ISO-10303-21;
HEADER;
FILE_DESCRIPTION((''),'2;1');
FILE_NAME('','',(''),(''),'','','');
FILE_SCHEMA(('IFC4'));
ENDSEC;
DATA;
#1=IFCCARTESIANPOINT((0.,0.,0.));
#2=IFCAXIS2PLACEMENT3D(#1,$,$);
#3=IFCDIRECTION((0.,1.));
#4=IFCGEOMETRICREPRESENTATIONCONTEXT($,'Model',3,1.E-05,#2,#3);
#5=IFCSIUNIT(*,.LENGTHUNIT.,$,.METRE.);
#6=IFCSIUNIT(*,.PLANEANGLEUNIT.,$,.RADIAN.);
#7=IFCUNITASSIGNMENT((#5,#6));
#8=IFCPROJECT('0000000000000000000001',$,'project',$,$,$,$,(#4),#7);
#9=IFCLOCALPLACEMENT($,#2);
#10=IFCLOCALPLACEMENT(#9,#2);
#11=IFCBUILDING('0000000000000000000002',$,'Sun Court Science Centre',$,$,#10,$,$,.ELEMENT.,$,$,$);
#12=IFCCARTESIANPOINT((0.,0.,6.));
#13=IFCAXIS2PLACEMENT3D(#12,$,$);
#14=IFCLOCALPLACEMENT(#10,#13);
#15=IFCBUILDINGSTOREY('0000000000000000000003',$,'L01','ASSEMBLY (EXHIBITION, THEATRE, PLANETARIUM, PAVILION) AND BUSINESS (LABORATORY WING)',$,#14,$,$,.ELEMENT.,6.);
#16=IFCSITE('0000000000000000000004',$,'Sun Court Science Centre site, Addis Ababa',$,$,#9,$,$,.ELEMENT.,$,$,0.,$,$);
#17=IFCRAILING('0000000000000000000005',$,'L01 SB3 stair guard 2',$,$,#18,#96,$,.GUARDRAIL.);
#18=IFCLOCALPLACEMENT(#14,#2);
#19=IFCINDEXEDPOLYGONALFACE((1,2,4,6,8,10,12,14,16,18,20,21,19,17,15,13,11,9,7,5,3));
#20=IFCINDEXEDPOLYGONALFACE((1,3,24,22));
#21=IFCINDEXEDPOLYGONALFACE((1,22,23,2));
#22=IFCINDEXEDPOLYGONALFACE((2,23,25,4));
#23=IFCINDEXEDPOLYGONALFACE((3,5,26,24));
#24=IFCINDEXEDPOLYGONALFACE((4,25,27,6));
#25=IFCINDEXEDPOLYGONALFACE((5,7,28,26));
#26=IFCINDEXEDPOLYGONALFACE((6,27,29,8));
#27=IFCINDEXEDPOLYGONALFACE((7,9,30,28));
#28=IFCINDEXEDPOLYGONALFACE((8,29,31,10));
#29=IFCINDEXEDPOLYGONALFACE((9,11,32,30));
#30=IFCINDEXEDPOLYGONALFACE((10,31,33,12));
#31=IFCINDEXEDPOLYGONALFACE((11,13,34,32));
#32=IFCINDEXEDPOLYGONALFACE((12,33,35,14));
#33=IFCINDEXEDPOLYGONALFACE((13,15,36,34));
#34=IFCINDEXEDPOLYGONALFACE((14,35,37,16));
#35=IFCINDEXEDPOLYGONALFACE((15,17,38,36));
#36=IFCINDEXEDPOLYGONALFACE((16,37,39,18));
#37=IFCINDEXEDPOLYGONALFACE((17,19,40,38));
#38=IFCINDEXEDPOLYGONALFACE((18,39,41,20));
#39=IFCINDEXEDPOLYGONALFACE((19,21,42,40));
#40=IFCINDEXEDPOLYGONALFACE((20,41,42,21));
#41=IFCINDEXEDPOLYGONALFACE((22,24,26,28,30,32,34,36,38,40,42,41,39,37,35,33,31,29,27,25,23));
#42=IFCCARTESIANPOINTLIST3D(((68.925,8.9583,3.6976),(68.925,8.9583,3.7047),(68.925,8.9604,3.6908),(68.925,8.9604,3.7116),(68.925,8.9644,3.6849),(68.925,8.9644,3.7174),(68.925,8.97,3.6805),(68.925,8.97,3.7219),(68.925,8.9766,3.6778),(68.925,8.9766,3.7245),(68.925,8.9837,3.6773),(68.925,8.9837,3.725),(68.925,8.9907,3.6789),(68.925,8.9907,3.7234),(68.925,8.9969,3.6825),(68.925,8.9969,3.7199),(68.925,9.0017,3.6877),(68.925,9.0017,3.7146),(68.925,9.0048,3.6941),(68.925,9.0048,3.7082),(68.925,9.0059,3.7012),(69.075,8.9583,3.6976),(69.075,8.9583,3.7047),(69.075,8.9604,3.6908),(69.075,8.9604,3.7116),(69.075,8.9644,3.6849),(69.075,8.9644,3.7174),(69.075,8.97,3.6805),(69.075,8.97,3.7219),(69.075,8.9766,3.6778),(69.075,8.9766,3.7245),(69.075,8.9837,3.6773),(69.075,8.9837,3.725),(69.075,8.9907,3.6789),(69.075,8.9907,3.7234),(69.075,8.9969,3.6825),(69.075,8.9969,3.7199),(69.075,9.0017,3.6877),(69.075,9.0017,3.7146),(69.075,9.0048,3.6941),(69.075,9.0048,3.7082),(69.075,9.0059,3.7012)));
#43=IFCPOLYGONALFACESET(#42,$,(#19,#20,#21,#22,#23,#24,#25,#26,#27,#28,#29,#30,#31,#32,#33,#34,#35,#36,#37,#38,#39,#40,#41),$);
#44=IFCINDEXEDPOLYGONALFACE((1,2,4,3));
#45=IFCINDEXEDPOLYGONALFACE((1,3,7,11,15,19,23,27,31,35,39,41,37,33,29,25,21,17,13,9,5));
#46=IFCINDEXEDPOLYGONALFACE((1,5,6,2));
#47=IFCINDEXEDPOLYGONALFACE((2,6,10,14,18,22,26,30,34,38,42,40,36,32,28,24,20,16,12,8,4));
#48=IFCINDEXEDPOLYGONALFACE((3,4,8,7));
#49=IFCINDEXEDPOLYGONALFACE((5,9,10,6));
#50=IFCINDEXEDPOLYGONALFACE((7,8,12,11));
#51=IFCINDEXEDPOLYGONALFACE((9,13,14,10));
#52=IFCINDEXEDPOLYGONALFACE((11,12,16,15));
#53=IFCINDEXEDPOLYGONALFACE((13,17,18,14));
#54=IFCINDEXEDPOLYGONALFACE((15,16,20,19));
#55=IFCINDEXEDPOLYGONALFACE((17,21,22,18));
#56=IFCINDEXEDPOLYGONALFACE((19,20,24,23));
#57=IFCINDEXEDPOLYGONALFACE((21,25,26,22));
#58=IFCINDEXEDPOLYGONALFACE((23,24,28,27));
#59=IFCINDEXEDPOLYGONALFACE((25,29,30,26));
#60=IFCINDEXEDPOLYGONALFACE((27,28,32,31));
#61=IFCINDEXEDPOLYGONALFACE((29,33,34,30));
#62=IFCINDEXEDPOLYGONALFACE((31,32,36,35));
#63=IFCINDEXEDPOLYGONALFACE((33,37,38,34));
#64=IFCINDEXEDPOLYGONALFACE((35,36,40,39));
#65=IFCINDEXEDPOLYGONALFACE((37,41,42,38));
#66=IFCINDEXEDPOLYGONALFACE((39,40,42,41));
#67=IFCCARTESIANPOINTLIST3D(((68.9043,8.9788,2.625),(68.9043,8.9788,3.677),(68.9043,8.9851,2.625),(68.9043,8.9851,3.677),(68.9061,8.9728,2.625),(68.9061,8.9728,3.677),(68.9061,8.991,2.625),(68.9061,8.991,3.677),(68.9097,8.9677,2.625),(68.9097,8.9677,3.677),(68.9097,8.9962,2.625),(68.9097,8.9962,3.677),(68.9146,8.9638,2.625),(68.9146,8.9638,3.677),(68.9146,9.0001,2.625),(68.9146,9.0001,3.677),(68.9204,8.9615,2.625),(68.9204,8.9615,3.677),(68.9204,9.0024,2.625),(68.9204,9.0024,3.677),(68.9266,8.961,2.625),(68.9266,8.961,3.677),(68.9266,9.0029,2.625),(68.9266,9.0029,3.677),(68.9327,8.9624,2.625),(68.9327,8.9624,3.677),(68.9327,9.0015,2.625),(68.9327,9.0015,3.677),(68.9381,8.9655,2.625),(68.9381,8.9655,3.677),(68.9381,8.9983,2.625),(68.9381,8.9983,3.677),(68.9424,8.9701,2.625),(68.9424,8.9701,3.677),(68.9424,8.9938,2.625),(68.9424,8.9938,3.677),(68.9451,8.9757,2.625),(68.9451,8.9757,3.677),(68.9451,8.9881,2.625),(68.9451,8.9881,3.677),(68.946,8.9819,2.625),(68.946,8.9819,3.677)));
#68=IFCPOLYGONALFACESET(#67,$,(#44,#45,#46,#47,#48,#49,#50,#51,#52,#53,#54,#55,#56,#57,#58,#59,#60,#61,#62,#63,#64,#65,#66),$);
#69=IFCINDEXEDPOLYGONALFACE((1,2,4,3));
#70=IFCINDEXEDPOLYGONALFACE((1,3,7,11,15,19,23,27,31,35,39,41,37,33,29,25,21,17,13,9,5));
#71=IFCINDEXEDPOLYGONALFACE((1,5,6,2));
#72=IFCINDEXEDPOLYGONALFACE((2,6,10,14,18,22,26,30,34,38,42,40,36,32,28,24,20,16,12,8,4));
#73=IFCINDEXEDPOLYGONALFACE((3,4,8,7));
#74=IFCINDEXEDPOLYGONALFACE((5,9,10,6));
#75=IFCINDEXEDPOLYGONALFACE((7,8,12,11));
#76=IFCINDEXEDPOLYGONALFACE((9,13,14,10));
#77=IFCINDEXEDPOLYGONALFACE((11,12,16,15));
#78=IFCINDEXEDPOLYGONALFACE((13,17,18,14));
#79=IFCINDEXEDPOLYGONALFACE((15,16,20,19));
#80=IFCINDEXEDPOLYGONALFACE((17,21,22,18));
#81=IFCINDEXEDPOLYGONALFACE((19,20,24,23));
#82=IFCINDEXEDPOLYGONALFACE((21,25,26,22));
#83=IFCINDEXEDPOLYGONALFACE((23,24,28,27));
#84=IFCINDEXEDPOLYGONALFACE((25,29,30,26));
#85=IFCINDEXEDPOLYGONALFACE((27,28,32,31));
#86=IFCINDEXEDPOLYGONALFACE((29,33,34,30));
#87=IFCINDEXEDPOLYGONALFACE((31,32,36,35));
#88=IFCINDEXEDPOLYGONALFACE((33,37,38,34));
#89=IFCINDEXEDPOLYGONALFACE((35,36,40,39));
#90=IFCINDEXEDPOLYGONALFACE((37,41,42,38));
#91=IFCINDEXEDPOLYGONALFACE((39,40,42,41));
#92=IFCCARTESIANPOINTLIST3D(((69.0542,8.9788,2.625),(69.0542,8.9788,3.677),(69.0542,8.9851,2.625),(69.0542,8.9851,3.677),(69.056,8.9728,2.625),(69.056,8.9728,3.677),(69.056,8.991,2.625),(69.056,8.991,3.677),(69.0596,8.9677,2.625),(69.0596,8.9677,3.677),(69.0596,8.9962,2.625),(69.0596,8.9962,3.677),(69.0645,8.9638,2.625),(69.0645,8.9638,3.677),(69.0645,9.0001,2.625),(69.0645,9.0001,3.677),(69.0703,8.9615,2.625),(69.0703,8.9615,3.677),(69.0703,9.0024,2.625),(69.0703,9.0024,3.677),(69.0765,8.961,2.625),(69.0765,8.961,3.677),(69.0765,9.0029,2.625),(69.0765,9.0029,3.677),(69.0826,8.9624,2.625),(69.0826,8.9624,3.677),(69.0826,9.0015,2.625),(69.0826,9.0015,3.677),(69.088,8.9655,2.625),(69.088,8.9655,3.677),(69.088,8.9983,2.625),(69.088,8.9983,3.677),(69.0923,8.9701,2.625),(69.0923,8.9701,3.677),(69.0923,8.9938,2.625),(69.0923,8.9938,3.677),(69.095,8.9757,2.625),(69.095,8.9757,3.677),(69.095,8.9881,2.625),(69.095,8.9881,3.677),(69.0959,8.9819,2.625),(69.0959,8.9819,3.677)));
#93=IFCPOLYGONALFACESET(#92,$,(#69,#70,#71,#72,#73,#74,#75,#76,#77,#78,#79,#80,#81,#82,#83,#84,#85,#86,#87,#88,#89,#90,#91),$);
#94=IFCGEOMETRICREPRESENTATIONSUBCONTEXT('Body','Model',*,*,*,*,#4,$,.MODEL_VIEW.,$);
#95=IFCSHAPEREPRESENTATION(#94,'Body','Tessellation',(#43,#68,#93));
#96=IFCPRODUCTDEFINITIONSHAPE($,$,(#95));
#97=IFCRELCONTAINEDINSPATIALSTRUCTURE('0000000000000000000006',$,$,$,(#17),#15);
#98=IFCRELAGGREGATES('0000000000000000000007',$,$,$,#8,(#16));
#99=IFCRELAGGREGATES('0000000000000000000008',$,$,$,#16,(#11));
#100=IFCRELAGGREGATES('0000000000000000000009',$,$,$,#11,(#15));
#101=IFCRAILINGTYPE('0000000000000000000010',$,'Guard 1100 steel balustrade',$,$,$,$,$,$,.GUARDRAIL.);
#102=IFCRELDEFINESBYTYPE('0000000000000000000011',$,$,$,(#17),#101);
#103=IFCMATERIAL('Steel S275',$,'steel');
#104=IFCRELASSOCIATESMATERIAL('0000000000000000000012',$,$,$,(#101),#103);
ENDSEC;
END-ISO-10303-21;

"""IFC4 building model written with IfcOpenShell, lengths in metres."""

from ifc_helpers import new_model, si_unit, direction, frame, origin, origin_2d, place, context, subcontext, project, spatial, circle, extrude, material, type_object, element, save


model = new_model("IFC4")

# Units and contexts
model_context = context("Model", 3, precision=1e-05, world=origin(), true_north=direction((0.0, 1.0)))
body_context = subcontext(model_context, "Body", "Model", "MODEL_VIEW")
ifc_project = project(units=[si_unit("LENGTHUNIT", "METRE"), si_unit("PLANEANGLEUNIT", "RADIAN")], contexts=[model_context])

# Site, building, storey
site_placement = place(None, origin())
site = spatial("IfcSite", under=ifc_project, at=site_placement, Name="Sun Court Science Centre site, Addis Ababa", CompositionType="ELEMENT", RefElevation=0.0)
building_placement = place(site_placement, origin())
building = spatial("IfcBuilding", under=site, at=building_placement, Name="Sun Court Science Centre", CompositionType="ELEMENT")
storey_placement = place(building_placement, frame((0.0, 0.0, 6.0)))
storey = spatial("IfcBuildingStorey", under=building, at=storey_placement, Name="L01", Description="ASSEMBLY (EXHIBITION, THEATRE, PLANETARIUM, PAVILION) AND BUSINESS (LABORATORY WING)", CompositionType="ELEMENT", Elevation=6.0)

# Railing
ifc_material_1 = material(Name="Steel S275", Category="steel")
railing_type_1 = type_object("IfcRailingType", Name="Guard 1100 steel balustrade", PredefinedType="GUARDRAIL", material=ifc_material_1)
railing_1_placement = place(storey_placement, frame((68.925, 8.9819, 2.625)))
element("IfcRailing", 1, at=railing_1_placement, inside=storey, type_object=railing_type_1, Name="L01 SB3 stair guard 2", PredefinedType="GUARDRAIL", context=body_context, shape_type="SweptSolid", body=[
    extrude(circle(Radius=0.0239, at=origin_2d()), frame((0.0, 0.0, 1.0762), z_axis=(1.0, 0.0, 0.0), x_axis=(0.0, 1.0, 0.0)), (0.0, 0.0, 1.0), 0.1499),
    extrude(circle(Radius=0.021, at=origin_2d()), origin(), (0.0, 0.0, 1.0), 1.052),
    extrude(circle(Radius=0.021, at=origin_2d()), frame((0.1499, 0.0, 0.0)), (0.0, 0.0, 1.0), 1.052),
])

save(model, "model.ifc")
